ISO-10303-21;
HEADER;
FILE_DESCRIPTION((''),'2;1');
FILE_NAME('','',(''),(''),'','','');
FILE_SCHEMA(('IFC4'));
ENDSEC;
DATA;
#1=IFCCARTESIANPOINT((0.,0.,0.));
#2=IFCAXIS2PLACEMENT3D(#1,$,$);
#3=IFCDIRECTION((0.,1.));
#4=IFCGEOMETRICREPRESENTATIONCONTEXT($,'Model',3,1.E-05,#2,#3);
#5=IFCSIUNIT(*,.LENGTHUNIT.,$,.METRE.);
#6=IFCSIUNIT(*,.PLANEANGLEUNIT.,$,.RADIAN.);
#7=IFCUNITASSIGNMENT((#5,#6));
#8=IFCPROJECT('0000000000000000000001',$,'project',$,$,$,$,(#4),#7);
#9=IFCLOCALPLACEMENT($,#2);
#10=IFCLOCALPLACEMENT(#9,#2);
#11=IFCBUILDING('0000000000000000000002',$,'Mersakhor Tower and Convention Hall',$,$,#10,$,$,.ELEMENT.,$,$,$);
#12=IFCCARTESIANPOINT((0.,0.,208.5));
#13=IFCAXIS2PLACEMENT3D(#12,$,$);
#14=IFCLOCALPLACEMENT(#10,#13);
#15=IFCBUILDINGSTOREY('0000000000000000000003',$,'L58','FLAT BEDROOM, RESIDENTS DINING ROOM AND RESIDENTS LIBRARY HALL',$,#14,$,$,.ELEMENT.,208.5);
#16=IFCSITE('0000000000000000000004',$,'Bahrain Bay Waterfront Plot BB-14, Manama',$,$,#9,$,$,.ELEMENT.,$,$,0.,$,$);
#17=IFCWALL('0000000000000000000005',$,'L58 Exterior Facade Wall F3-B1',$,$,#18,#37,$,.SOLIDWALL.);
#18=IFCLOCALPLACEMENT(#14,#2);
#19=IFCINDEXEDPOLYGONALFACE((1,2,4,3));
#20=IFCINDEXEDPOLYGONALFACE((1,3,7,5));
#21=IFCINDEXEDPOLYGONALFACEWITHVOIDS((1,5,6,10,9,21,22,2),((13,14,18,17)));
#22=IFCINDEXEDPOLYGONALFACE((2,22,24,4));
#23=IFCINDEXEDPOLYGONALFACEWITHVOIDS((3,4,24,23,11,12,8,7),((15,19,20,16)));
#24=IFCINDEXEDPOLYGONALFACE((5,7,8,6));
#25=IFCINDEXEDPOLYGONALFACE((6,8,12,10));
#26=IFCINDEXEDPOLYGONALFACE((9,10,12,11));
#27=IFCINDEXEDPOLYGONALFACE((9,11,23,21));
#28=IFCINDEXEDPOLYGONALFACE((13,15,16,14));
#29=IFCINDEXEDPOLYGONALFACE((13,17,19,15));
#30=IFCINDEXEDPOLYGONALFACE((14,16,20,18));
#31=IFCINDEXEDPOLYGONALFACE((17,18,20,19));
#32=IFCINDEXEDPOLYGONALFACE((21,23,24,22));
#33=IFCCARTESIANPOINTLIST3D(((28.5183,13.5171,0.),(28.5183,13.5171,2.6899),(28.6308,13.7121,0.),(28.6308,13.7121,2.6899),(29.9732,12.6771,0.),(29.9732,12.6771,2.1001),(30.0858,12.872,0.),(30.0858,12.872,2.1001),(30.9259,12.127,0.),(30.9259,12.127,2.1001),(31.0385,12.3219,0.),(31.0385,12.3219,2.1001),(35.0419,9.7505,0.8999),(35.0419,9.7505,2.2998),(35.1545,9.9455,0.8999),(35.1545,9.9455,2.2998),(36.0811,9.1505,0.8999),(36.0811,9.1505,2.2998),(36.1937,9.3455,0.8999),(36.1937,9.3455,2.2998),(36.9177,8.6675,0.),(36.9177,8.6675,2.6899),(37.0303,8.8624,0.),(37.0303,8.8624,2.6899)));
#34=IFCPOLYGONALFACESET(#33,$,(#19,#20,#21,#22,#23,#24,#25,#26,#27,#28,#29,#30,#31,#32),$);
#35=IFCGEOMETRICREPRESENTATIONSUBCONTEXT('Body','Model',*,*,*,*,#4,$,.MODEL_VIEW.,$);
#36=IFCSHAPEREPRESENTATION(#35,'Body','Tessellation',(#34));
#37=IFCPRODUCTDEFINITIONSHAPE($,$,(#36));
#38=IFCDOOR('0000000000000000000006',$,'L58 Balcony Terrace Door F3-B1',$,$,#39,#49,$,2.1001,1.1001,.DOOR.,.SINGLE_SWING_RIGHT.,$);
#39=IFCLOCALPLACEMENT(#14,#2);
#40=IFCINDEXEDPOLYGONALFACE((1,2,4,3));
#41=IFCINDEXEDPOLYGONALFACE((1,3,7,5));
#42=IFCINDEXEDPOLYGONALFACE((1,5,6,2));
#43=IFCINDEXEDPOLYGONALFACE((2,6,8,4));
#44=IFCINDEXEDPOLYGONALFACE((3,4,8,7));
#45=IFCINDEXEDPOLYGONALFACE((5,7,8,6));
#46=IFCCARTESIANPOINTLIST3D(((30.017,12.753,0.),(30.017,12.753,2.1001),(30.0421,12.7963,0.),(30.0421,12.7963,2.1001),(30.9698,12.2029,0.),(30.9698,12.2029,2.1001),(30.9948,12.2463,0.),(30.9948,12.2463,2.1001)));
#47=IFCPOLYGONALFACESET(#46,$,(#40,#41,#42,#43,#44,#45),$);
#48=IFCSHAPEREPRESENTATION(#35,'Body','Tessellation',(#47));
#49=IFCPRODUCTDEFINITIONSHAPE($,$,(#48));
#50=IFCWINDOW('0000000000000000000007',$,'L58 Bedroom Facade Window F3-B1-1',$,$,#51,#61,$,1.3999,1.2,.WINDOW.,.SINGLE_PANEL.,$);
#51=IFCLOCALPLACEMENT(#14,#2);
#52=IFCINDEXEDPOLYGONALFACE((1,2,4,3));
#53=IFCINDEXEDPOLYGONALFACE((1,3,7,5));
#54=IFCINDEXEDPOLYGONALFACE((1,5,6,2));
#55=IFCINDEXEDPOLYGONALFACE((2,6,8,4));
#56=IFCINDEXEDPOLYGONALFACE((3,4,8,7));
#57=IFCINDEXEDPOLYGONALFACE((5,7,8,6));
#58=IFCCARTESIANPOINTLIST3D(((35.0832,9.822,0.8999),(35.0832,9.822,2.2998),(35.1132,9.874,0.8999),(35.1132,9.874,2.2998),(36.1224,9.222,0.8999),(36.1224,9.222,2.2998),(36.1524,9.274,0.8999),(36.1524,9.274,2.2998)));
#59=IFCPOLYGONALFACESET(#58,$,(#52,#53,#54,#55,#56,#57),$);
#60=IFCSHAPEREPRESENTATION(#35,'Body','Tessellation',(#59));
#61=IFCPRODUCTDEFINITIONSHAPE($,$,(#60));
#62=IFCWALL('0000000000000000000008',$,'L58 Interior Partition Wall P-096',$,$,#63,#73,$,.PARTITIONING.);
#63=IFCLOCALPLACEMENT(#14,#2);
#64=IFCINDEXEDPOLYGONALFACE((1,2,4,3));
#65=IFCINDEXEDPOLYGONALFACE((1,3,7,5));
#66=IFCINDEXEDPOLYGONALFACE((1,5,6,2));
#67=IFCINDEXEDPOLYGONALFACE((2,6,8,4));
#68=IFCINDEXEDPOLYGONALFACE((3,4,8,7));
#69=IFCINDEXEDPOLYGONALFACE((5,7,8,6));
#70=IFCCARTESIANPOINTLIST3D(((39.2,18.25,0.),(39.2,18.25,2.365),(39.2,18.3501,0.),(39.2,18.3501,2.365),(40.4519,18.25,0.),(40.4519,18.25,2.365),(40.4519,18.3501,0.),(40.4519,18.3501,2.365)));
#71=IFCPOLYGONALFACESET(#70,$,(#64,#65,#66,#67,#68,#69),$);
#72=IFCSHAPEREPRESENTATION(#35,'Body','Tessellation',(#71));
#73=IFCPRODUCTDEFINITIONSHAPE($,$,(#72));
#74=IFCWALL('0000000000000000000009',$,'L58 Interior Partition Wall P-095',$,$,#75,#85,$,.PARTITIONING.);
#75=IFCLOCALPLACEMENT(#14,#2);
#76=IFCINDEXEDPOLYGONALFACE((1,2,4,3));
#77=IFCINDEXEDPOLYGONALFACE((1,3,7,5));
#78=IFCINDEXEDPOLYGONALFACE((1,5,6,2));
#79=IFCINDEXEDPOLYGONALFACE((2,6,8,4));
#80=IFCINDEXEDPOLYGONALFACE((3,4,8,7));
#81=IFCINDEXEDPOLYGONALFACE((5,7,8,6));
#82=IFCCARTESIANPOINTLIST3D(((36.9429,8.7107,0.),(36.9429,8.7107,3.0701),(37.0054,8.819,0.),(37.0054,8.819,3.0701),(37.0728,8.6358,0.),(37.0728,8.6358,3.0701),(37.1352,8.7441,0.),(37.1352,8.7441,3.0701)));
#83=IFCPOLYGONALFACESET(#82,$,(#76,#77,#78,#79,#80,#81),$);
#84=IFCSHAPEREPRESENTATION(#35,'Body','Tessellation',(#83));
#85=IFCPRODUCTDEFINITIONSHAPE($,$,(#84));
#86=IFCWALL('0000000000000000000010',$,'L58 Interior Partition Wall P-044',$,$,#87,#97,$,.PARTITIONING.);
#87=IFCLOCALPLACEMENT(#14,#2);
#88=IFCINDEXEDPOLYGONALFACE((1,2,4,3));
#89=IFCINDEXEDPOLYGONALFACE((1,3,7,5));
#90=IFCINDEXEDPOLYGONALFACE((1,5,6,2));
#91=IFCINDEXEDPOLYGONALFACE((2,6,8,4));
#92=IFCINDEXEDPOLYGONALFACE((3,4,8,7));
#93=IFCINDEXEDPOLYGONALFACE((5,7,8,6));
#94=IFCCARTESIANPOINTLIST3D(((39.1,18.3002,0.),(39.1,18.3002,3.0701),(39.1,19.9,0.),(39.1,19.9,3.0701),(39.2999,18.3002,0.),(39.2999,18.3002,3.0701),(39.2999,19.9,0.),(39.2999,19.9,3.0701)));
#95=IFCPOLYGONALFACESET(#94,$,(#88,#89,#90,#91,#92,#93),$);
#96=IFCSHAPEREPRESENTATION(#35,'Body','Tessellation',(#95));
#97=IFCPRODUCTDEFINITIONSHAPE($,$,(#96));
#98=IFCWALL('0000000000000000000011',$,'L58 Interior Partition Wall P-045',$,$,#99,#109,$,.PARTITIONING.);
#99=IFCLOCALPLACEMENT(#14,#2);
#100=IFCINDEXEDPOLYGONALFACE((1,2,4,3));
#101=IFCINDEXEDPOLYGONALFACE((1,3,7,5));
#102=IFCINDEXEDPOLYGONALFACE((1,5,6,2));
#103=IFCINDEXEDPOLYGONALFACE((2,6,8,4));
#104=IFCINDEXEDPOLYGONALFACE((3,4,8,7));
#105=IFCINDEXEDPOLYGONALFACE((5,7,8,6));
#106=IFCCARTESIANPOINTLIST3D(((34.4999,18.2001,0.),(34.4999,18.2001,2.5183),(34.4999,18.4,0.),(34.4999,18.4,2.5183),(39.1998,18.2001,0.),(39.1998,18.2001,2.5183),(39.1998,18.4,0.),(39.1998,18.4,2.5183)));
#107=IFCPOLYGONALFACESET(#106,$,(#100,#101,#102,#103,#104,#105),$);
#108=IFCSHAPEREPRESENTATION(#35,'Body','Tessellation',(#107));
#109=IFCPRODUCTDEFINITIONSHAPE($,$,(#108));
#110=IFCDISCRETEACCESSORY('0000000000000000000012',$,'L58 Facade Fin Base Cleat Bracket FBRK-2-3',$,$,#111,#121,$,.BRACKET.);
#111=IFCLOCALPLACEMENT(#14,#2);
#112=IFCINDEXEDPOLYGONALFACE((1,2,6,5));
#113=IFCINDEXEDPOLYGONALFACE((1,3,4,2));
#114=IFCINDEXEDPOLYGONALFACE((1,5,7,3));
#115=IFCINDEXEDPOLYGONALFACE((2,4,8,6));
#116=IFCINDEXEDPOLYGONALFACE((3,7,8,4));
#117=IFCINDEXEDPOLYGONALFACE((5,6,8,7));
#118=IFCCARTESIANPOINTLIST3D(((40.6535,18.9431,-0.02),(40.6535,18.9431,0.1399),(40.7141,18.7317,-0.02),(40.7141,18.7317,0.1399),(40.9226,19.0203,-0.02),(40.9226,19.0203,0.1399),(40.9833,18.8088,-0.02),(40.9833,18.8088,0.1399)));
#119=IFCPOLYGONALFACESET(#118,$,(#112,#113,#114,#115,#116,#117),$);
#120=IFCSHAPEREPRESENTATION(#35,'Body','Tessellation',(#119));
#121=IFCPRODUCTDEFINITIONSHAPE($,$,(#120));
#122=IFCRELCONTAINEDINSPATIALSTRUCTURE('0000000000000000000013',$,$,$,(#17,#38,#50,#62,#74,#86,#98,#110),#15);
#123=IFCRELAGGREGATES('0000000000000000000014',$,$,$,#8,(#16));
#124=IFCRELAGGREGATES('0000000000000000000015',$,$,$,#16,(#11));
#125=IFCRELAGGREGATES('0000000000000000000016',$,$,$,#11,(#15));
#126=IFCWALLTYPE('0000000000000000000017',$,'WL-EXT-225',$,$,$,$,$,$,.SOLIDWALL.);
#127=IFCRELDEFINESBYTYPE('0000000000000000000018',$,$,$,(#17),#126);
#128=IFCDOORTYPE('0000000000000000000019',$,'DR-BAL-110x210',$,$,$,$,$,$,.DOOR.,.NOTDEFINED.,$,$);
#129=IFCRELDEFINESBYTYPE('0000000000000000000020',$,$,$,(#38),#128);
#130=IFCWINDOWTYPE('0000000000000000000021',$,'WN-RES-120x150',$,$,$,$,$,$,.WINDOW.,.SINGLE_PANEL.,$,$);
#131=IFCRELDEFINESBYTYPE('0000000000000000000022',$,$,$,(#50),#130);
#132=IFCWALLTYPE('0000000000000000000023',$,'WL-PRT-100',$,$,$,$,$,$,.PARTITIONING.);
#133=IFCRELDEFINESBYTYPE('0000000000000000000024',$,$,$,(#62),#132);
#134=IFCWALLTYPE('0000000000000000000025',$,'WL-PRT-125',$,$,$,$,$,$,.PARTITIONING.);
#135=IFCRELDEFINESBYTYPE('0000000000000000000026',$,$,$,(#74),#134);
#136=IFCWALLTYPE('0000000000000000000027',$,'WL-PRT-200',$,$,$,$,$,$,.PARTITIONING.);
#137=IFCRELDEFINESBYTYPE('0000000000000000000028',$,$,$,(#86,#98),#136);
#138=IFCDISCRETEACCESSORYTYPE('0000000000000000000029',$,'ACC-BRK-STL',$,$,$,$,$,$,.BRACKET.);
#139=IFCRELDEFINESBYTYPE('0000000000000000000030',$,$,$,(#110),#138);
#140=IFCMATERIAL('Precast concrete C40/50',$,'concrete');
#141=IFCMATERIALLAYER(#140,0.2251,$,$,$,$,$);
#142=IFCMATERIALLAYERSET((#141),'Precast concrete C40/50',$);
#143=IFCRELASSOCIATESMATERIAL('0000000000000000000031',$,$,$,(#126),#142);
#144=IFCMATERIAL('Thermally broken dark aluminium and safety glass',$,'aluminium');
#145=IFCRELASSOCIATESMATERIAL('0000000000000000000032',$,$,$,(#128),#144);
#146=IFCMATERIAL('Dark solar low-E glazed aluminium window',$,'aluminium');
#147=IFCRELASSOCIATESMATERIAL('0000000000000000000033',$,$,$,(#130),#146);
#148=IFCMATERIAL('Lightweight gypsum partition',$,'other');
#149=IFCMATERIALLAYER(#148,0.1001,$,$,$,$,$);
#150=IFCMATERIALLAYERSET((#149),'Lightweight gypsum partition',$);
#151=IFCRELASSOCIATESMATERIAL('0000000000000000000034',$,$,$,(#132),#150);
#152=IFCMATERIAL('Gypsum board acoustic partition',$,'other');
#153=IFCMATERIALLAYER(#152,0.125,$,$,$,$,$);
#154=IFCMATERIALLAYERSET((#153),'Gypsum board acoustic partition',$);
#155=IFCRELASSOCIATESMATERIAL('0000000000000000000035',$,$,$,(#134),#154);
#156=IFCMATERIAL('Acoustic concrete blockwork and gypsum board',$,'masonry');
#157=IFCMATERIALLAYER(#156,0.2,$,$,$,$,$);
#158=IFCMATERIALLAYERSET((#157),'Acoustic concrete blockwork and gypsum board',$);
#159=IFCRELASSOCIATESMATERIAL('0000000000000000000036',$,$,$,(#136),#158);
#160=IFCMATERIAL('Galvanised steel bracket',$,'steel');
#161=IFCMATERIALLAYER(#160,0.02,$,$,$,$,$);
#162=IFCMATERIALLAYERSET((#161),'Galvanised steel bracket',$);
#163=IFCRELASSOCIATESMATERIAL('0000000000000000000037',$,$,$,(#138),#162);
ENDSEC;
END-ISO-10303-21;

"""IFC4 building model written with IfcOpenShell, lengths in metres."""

from ifc_helpers import new_model, si_unit, direction, frame, frame_2d, origin, origin_2d, place, context, subcontext, project, spatial, rectangle, extrude, material, layer, layer_set, type_object, element, fill, save


model = new_model("IFC4")

# Units and contexts
model_context = context("Model", 3, precision=1e-05, world=origin(), true_north=direction((0.0, 1.0)))
body_context = subcontext(model_context, "Body", "Model", "MODEL_VIEW")
ifc_project = project(units=[si_unit("LENGTHUNIT", "METRE"), si_unit("PLANEANGLEUNIT", "RADIAN")], contexts=[model_context])

# Site, building, storey
site_placement = place(None, origin())
site = spatial("IfcSite", under=ifc_project, at=site_placement, Name="Bahrain Bay Waterfront Plot BB-14, Manama", CompositionType="ELEMENT", RefElevation=0.0)
building_placement = place(site_placement, origin())
building = spatial("IfcBuilding", under=site, at=building_placement, Name="Mersakhor Tower and Convention Hall", CompositionType="ELEMENT")
storey_placement = place(building_placement, frame((0.0, 0.0, 208.5)))
storey = spatial("IfcBuildingStorey", under=building, at=storey_placement, Name="L58", Description="FLAT BEDROOM, RESIDENTS DINING ROOM AND RESIDENTS LIBRARY HALL", CompositionType="ELEMENT", Elevation=208.5)

# Shared definitions
ifc_material_1 = material(Name="Precast concrete C40/50", Category="concrete")
ifc_layer_1 = layer(ifc_material_1, 0.2251)
ifc_layer_set_1 = layer_set([ifc_layer_1], Name="Precast concrete C40/50")
wall_type_1 = type_object("IfcWallType", Name="WL-EXT-225", PredefinedType="SOLIDWALL", material=ifc_layer_set_1)

# Wall, openings, door, window
wall_1_placement = place(storey_placement, frame((36.9741, 8.7649, 0.0), z_axis=(0.0, 0.0, 1.0), x_axis=(-0.866016, 0.500016, 0.0)))
wall_1 = element("IfcWall", 1, at=wall_1_placement, inside=storey, type_object=wall_type_1, Name="L58 Exterior Facade Wall F3-B1", PredefinedType="SOLIDWALL", context=body_context, shape_type="SweptSolid", body=[
    extrude(rectangle(XDim=9.699, YDim=0.2251, at=frame_2d((4.8496, 0.0))), origin(), (0.0, 0.0, 1.0), 2.6899),
])
opening_1_placement = place(wall_1_placement, frame((6.9189, 0.0, 0.0)))
opening_1 = element("IfcOpeningElement", 2, at=opening_1_placement, cuts=wall_1, PredefinedType="OPENING", context=body_context, shape_type="SweptSolid", body=[
    extrude(rectangle(XDim=1.1001, YDim=2.1001, at=frame_2d((0.55, 1.05))), frame((0.0, 0.1226, 0.0), z_axis=(0.0, -1.0, 0.0), x_axis=(1.0, 0.0, 0.0)), (0.0, 0.0, 1.0), 0.2451),
])
opening_2_placement = place(wall_1_placement, frame((0.9661, 0.0, 0.8999)))
opening_2 = element("IfcOpeningElement", 3, at=opening_2_placement, cuts=wall_1, PredefinedType="OPENING", context=body_context, shape_type="SweptSolid", body=[
    extrude(rectangle(XDim=1.2, YDim=1.3999, at=frame_2d((0.6001, 0.7))), frame((0.0, 0.1226, 0.0), z_axis=(0.0, -1.0, 0.0), x_axis=(1.0, 0.0, 0.0)), (0.0, 0.0, 1.0), 0.2451),
])
ifc_material_2 = material(Name="Thermally broken dark aluminium and safety glass", Category="aluminium")
door_type = type_object("IfcDoorType", Name="DR-BAL-110x210", OperationType="NOTDEFINED", PredefinedType="DOOR", material=ifc_material_2)
door_placement = place(opening_1_placement, origin())
door = element("IfcDoor", 4, at=door_placement, inside=storey, type_object=door_type, Name="L58 Balcony Terrace Door F3-B1", OperationType="SINGLE_SWING_RIGHT", OverallHeight=2.1001, OverallWidth=1.1001, PredefinedType="DOOR", context=body_context, shape_type="SweptSolid", body=[
    extrude(rectangle(XDim=1.1001, YDim=2.1001, at=frame_2d((0.55, 1.05))), frame((0.0, 0.0249, 0.0), z_axis=(0.0, -1.0, 0.0), x_axis=(1.0, 0.0, 0.0)), (0.0, 0.0, 1.0), 0.05),
])
fill(opening_1, door)
ifc_material_3 = material(Name="Dark solar low-E glazed aluminium window", Category="aluminium")
window_type = type_object("IfcWindowType", Name="WN-RES-120x150", PartitioningType="SINGLE_PANEL", PredefinedType="WINDOW", material=ifc_material_3)
window_placement = place(opening_2_placement, origin())
window = element("IfcWindow", 5, at=window_placement, inside=storey, type_object=window_type, Name="L58 Bedroom Facade Window F3-B1-1", OverallHeight=1.3999, OverallWidth=1.2, PartitioningType="SINGLE_PANEL", PredefinedType="WINDOW", context=body_context, shape_type="SweptSolid", body=[
    extrude(rectangle(XDim=1.2, YDim=1.3999, at=frame_2d((0.6001, 0.7))), frame((0.0, 0.03, 0.0), z_axis=(0.0, -1.0, 0.0), x_axis=(1.0, 0.0, 0.0)), (0.0, 0.0, 1.0), 0.0601),
])
fill(opening_2, window)

# Walls
ifc_material_4 = material(Name="Lightweight gypsum partition", Category="other")
ifc_layer_2 = layer(ifc_material_4, 0.1001)
ifc_layer_set_2 = layer_set([ifc_layer_2], Name="Lightweight gypsum partition")
wall_type_2 = type_object("IfcWallType", Name="WL-PRT-100", PredefinedType="PARTITIONING", material=ifc_layer_set_2)
wall_2_placement = place(storey_placement, frame((39.2, 18.3, 0.0), z_axis=(0.0, 0.0, 1.0), x_axis=(1.0, 0.0, 0.0)))
element("IfcWall", 6, at=wall_2_placement, inside=storey, type_object=wall_type_2, Name="L58 Interior Partition Wall P-096", PredefinedType="PARTITIONING", context=body_context, shape_type="SweptSolid", body=[
    extrude(rectangle(XDim=1.252, YDim=0.1001, at=frame_2d((0.626, 0.0))), origin(), (0.0, 0.0, 1.0), 2.365),
])
ifc_material_5 = material(Name="Gypsum board acoustic partition", Category="other")
ifc_layer_3 = layer(ifc_material_5, 0.125)
ifc_layer_set_3 = layer_set([ifc_layer_3], Name="Gypsum board acoustic partition")
wall_type_3 = type_object("IfcWallType", Name="WL-PRT-125", PredefinedType="PARTITIONING", material=ifc_layer_set_3)
wall_3_placement = place(storey_placement, frame((37.104, 8.6899, 0.0), z_axis=(0.0, 0.0, 1.0), x_axis=(-0.866131, 0.499816, 0.0)))
element("IfcWall", 7, at=wall_3_placement, inside=storey, type_object=wall_type_3, Name="L58 Interior Partition Wall P-095", PredefinedType="PARTITIONING", context=body_context, shape_type="SweptSolid", body=[
    extrude(rectangle(XDim=0.1499, YDim=0.125, at=frame_2d((0.075, 0.0))), origin(), (0.0, 0.0, 1.0), 3.0701),
])
ifc_material_6 = material(Name="Acoustic concrete blockwork and gypsum board", Category="masonry")
ifc_layer_4 = layer(ifc_material_6, 0.2)
ifc_layer_set_4 = layer_set([ifc_layer_4], Name="Acoustic concrete blockwork and gypsum board")
wall_type_4 = type_object("IfcWallType", Name="WL-PRT-200", PredefinedType="PARTITIONING", material=ifc_layer_set_4)
wall_4_placement = place(storey_placement, frame((39.2, 19.8999, 0.0), z_axis=(0.0, 0.0, 1.0), x_axis=(0.0, -1.0, 0.0)))
element("IfcWall", 8, at=wall_4_placement, inside=storey, type_object=wall_type_4, Name="L58 Interior Partition Wall P-044", PredefinedType="PARTITIONING", context=body_context, shape_type="SweptSolid", body=[
    extrude(rectangle(XDim=1.5999, YDim=0.2, at=frame_2d((0.7998, 0.0))), origin(), (0.0, 0.0, 1.0), 3.0701),
])
wall_5_placement = place(storey_placement, frame((39.2, 18.3, 0.0), z_axis=(0.0, 0.0, 1.0), x_axis=(-1.0, 0.0, 0.0)))
element("IfcWall", 9, at=wall_5_placement, inside=storey, type_object=wall_type_4, Name="L58 Interior Partition Wall P-045", PredefinedType="PARTITIONING", context=body_context, shape_type="SweptSolid", body=[
    extrude(rectangle(XDim=4.7, YDim=0.2, at=frame_2d((2.3501, 0.0))), origin(), (0.0, 0.0, 1.0), 2.5183),
])

# Discrete accessory
ifc_material_7 = material(Name="Galvanised steel bracket", Category="steel")
ifc_layer_5 = layer(ifc_material_7, 0.02)
ifc_layer_set_5 = layer_set([ifc_layer_5], Name="Galvanised steel bracket")
discrete_accessory_type = type_object("IfcDiscreteAccessoryType", Name="ACC-BRK-STL", PredefinedType="BRACKET", material=ifc_layer_set_5)
discrete_accessory_placement = place(storey_placement, frame((40.8184, 18.876, -0.02), z_axis=(0.0, 0.0, 1.0), x_axis=(0.961262, 0.275637, 0.0)))
element("IfcDiscreteAccessory", 10, at=discrete_accessory_placement, inside=storey, type_object=discrete_accessory_type, Name="L58 Facade Fin Base Cleat Bracket FBRK-2-3", PredefinedType="BRACKET", context=body_context, shape_type="SweptSolid", body=[
    extrude(rectangle(XDim=0.28, YDim=0.22, at=origin_2d()), origin(), (0.0, 0.0, 1.0), 0.1599),
])

save(model, "model.ifc")
